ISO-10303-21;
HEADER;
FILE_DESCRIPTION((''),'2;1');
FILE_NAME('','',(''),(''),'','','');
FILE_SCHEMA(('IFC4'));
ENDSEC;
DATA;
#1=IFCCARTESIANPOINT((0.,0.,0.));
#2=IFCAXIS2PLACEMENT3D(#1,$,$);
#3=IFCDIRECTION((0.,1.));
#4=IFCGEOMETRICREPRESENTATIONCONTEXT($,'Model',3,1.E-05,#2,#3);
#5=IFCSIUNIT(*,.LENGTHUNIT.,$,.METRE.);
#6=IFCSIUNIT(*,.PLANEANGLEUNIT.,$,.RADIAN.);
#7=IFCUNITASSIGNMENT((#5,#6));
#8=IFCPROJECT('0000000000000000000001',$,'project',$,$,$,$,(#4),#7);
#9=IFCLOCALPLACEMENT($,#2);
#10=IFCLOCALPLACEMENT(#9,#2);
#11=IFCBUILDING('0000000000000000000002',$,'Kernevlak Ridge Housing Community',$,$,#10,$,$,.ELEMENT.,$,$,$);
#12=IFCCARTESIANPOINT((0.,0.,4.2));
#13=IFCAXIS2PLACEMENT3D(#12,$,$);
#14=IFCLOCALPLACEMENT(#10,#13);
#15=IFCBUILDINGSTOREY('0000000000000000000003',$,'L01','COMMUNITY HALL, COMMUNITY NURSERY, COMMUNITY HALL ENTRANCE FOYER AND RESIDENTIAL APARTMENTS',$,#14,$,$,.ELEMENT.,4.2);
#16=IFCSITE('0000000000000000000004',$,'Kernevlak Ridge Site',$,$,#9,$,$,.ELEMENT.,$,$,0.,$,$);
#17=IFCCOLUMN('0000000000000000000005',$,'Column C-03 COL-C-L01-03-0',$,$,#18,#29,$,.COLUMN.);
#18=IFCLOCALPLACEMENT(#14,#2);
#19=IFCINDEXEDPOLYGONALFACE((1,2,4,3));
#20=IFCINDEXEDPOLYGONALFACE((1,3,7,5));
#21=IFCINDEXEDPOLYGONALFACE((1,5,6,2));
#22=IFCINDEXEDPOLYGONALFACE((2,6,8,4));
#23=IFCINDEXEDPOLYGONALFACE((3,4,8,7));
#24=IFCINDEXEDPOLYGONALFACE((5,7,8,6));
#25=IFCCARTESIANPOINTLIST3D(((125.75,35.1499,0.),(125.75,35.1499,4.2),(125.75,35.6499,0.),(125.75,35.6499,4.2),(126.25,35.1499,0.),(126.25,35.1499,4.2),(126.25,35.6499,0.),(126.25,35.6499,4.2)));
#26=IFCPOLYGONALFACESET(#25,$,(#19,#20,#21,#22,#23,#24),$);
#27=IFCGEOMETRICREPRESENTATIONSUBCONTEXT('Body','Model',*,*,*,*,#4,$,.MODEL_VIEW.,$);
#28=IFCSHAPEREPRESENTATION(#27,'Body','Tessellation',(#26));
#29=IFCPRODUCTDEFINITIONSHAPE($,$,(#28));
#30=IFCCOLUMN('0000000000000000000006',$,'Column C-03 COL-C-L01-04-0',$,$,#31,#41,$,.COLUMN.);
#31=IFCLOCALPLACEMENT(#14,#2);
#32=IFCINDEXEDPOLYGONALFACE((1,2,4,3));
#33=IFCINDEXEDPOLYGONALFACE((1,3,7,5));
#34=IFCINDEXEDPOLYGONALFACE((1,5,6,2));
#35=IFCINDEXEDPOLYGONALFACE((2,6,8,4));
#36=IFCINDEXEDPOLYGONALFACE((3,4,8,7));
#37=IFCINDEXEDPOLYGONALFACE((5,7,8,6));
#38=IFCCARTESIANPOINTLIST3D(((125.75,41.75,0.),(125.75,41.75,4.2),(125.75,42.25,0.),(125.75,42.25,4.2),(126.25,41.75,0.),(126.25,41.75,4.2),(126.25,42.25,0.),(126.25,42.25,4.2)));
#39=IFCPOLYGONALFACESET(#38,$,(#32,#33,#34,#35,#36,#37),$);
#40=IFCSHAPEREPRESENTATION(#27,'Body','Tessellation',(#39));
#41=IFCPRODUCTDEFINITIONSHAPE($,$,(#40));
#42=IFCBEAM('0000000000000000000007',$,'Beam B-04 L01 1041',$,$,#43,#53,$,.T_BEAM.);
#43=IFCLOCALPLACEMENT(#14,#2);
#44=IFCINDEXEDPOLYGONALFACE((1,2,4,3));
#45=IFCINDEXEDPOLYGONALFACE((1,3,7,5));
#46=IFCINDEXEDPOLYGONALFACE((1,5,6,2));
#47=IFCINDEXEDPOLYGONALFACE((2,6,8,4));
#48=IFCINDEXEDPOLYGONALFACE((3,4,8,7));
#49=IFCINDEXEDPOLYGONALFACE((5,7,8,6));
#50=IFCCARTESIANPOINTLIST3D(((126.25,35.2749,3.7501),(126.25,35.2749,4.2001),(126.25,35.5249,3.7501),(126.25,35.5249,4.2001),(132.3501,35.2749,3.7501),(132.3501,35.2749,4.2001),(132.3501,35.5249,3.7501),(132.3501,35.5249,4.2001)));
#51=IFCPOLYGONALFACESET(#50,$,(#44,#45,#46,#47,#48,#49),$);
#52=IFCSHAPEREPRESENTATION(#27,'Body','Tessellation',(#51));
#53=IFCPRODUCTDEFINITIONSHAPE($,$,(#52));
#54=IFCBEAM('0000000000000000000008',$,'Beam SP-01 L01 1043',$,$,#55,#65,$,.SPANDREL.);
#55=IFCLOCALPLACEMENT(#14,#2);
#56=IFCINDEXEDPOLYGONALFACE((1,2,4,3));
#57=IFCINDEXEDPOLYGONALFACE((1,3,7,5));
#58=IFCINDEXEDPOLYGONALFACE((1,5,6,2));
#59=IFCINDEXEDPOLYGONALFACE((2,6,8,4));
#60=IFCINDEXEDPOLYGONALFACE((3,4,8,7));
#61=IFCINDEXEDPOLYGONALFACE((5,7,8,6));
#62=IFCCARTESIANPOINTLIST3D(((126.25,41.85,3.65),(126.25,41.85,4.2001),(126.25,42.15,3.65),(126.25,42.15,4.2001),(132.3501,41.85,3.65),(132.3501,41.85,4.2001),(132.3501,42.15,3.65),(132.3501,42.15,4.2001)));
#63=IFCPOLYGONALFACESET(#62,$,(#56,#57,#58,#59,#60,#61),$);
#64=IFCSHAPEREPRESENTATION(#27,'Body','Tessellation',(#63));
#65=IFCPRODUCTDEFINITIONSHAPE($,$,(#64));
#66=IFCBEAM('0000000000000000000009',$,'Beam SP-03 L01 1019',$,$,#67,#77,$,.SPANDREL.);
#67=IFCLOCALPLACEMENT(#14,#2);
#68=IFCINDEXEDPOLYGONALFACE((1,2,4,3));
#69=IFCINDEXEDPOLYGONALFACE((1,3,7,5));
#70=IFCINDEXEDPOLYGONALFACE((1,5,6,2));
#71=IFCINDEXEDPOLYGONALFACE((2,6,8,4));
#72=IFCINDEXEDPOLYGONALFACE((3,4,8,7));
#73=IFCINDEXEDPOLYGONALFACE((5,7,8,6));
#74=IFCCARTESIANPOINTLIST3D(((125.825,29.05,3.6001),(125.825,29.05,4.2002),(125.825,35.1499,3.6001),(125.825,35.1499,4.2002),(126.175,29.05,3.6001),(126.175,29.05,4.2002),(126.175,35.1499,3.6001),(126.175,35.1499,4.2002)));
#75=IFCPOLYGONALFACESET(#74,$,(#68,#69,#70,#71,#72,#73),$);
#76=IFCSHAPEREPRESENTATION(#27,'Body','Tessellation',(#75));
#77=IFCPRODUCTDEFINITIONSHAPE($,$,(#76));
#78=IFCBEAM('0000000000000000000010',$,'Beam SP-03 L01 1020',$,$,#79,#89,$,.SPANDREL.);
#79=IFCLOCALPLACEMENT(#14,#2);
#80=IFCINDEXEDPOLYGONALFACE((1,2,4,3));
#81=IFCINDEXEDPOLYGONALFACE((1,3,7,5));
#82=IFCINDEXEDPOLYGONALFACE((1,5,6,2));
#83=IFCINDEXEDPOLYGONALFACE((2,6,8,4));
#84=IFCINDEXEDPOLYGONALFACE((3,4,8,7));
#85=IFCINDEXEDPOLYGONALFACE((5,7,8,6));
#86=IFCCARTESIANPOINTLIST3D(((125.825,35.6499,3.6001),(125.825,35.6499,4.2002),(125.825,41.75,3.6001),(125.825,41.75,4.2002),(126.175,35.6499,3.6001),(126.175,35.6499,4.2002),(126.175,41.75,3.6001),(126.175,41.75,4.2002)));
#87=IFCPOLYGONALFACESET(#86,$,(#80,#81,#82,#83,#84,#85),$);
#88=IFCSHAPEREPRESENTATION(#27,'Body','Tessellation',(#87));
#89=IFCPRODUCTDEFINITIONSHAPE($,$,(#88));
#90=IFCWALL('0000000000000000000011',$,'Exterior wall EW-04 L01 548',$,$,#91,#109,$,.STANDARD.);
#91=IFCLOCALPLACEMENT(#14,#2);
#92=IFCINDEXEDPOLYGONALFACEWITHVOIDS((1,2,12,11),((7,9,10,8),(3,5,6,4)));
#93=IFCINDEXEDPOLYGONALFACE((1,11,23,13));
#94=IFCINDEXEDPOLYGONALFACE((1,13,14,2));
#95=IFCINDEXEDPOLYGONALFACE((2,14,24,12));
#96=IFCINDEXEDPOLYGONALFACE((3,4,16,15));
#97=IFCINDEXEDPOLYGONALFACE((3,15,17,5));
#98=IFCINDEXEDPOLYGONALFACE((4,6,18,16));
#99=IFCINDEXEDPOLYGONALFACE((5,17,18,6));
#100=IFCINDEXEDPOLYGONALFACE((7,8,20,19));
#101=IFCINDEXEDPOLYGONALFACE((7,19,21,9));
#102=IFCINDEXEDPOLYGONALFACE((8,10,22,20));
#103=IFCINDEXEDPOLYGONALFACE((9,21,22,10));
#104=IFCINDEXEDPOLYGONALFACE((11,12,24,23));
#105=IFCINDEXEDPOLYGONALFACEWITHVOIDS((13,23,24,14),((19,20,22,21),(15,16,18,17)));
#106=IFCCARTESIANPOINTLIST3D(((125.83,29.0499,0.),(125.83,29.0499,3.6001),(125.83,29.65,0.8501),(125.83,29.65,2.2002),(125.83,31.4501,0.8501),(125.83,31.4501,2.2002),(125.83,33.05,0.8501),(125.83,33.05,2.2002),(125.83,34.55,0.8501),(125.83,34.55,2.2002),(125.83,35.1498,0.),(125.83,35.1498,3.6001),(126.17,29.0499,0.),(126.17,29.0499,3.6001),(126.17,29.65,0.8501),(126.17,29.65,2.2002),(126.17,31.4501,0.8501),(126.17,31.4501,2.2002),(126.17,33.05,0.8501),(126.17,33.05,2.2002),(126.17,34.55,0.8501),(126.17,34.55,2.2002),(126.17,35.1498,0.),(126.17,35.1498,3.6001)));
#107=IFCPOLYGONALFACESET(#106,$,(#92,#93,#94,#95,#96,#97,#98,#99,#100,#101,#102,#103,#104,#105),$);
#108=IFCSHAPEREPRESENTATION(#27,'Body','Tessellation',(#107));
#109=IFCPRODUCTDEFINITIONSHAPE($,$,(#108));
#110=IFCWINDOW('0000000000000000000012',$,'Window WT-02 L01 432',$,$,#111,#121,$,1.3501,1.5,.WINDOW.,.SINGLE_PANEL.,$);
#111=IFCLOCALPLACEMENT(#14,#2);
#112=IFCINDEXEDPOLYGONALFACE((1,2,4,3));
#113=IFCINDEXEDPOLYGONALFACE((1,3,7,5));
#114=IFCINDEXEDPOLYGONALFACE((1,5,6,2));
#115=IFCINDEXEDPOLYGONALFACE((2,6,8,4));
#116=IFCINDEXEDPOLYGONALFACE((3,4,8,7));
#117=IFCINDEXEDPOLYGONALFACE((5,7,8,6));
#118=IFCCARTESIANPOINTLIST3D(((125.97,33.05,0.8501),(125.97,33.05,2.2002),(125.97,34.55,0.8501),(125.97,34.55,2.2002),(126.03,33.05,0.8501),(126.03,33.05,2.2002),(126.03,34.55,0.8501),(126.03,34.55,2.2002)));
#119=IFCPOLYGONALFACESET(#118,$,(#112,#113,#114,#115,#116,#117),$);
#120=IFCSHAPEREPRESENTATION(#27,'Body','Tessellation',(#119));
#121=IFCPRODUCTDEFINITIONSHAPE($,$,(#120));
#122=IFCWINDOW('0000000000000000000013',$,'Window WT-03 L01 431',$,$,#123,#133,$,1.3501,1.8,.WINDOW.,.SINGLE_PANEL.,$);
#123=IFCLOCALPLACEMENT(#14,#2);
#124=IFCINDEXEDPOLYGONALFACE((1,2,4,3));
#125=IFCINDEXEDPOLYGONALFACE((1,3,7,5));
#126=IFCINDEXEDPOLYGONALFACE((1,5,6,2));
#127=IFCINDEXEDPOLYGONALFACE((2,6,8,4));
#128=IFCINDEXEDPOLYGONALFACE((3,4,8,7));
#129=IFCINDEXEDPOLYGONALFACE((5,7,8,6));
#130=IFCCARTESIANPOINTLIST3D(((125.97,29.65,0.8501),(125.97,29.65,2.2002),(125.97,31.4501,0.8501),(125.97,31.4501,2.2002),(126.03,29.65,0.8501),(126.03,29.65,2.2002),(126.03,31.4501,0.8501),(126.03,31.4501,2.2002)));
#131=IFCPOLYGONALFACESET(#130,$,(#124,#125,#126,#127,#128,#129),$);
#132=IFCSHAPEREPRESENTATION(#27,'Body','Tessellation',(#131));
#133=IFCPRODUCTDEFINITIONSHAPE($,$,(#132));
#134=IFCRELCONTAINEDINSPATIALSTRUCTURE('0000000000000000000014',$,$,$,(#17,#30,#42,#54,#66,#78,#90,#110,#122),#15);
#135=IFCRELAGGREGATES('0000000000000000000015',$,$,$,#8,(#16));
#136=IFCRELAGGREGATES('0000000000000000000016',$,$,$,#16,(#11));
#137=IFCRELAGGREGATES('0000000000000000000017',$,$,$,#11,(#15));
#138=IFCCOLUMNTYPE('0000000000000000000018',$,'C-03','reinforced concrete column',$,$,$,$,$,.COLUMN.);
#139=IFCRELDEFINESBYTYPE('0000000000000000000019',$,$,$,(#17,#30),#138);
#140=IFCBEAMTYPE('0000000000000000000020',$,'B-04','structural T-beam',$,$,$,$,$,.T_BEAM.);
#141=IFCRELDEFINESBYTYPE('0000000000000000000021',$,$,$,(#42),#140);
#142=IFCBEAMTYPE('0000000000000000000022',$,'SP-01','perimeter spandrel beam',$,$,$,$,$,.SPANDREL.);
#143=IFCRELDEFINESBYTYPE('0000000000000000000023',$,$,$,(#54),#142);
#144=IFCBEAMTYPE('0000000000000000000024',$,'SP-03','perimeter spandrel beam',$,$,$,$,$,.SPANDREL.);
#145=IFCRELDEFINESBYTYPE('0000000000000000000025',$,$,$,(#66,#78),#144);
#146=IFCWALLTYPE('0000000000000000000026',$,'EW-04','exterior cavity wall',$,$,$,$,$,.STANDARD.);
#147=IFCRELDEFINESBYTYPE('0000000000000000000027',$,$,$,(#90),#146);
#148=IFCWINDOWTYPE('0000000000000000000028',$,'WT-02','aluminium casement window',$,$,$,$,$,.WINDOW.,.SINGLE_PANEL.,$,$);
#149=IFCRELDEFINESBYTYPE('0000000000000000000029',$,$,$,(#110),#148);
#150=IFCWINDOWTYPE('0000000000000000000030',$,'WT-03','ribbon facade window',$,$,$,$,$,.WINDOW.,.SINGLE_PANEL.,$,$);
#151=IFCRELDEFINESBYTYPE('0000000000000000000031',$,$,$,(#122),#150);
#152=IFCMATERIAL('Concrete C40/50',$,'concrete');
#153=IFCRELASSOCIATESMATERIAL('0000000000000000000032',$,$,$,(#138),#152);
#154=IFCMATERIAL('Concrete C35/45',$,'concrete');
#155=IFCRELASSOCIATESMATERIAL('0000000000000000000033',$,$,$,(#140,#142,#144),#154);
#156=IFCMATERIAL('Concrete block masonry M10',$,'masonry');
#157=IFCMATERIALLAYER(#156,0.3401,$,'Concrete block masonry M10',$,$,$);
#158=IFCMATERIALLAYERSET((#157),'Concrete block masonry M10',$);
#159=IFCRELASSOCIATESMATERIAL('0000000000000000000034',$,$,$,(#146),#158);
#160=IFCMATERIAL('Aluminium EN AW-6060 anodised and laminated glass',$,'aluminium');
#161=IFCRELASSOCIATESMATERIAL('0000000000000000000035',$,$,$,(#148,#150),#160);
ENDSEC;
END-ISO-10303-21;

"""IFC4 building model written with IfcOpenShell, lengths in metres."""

from ifc_helpers import new_model, si_unit, direction, frame, frame_2d, origin, origin_2d, place, context, subcontext, project, spatial, rectangle, extrude, material, layer, layer_set, material_profile, profile_set, type_object, element, fill, save


model = new_model("IFC4")

# Units and contexts
model_context = context("Model", 3, precision=1e-05, world=origin(), true_north=direction((0.0, 1.0)))
body_context = subcontext(model_context, "Body", "Model", "MODEL_VIEW")
ifc_project = project(units=[si_unit("LENGTHUNIT", "METRE"), si_unit("PLANEANGLEUNIT", "RADIAN")], contexts=[model_context])

# Site, building, storey
site_placement = place(None, origin())
site = spatial("IfcSite", under=ifc_project, at=site_placement, Name="Kernevlak Ridge Site", CompositionType="ELEMENT", RefElevation=0.0)
building_placement = place(site_placement, origin())
building = spatial("IfcBuilding", under=site, at=building_placement, Name="Kernevlak Ridge Housing Community", CompositionType="ELEMENT")
storey_placement = place(building_placement, frame((0.0, 0.0, 4.2)))
storey = spatial("IfcBuildingStorey", under=building, at=storey_placement, Name="L01", Description="COMMUNITY HALL, COMMUNITY NURSERY, COMMUNITY HALL ENTRANCE FOYER AND RESIDENTIAL APARTMENTS", CompositionType="ELEMENT", Elevation=4.2)

# Columns
ifc_material_1 = material(Name="Concrete C40/50", Category="concrete")
ifc_material_profile_1 = material_profile(ifc_material_1, rectangle(XDim=0.5, YDim=0.5, at=origin_2d()), Name="RC 500x500")
ifc_profile_set_1 = profile_set([ifc_material_profile_1], Name="Concrete C40/50")
column_type = type_object("IfcColumnType", Name="C-03", Description="reinforced concrete column", PredefinedType="COLUMN", material=ifc_profile_set_1)
for number, where, z_axis, x_axis, name in (
    (1, (126.0, 35.3999, 0.0), (0.0, 0.0, 1.0), (1.0, 0.0, 0.0), "Column C-03 COL-C-L01-03-0"),
    (2, (126.0, 42.0, 0.0), (0.0, 0.0, 1.0), (1.0, 0.0, 0.0), "Column C-03 COL-C-L01-04-0"),
):
    element("IfcColumn", number, at=place(storey_placement, frame(where, z_axis=z_axis, x_axis=x_axis)), inside=storey, type_object=column_type, Name=name, PredefinedType="COLUMN", context=body_context, shape_type="SweptSolid", body=[
        extrude(rectangle(XDim=0.5, YDim=0.5, at=origin_2d()), origin(), (0.0, 0.0, 1.0), 4.2),
    ])

# Beams
ifc_material_2 = material(Name="Concrete C35/45", Category="concrete")
ifc_material_profile_2 = material_profile(ifc_material_2, rectangle(XDim=0.25, YDim=0.45, at=origin_2d()), Name="RC 250x450")
ifc_profile_set_2 = profile_set([ifc_material_profile_2], Name="Concrete C35/45")
beam_type_1 = type_object("IfcBeamType", Name="B-04", Description="structural T-beam", PredefinedType="T_BEAM", material=ifc_profile_set_2)
beam_1_placement = place(storey_placement, frame((126.25, 35.3999, 3.9751), z_axis=(1.0, 0.0, 0.0), x_axis=(0.0, 1.0, 0.0)))
element("IfcBeam", 3, at=beam_1_placement, inside=storey, type_object=beam_type_1, Name="Beam B-04 L01 1041", PredefinedType="T_BEAM", context=body_context, shape_type="SweptSolid", body=[
    extrude(rectangle(XDim=0.25, YDim=0.45, at=origin_2d()), origin(), (0.0, 0.0, 1.0), 6.1001),
])
ifc_material_profile_3 = material_profile(ifc_material_2, rectangle(XDim=0.3, YDim=0.55, at=origin_2d()), Name="RC 300x550")
ifc_profile_set_3 = profile_set([ifc_material_profile_3], Name="Concrete C35/45")
beam_type_2 = type_object("IfcBeamType", Name="SP-01", Description="perimeter spandrel beam", PredefinedType="SPANDREL", material=ifc_profile_set_3)
beam_2_placement = place(storey_placement, frame((126.25, 42.0, 3.925), z_axis=(1.0, 0.0, 0.0), x_axis=(0.0, 1.0, 0.0)))
element("IfcBeam", 4, at=beam_2_placement, inside=storey, type_object=beam_type_2, Name="Beam SP-01 L01 1043", PredefinedType="SPANDREL", context=body_context, shape_type="SweptSolid", body=[
    extrude(rectangle(XDim=0.3, YDim=0.55, at=origin_2d()), origin(), (0.0, 0.0, 1.0), 6.1001),
])
ifc_material_profile_4 = material_profile(ifc_material_2, rectangle(XDim=0.3501, YDim=0.6001, at=origin_2d()), Name="RC 350x600")
ifc_profile_set_4 = profile_set([ifc_material_profile_4], Name="Concrete C35/45")
beam_type_3 = type_object("IfcBeamType", Name="SP-03", Description="perimeter spandrel beam", PredefinedType="SPANDREL", material=ifc_profile_set_4)
beam_3_placement = place(storey_placement, frame((126.0, 29.05, 3.9001), z_axis=(0.0, 1.0, 0.0), x_axis=(-1.0, 0.0, 0.0)))
element("IfcBeam", 5, at=beam_3_placement, inside=storey, type_object=beam_type_3, Name="Beam SP-03 L01 1019", PredefinedType="SPANDREL", context=body_context, shape_type="SweptSolid", body=[
    extrude(rectangle(XDim=0.3501, YDim=0.6001, at=origin_2d()), origin(), (0.0, 0.0, 1.0), 6.0999),
])
beam_4_placement = place(storey_placement, frame((126.0, 35.6499, 3.9001), z_axis=(0.0, 1.0, 0.0), x_axis=(-1.0, 0.0, 0.0)))
element("IfcBeam", 6, at=beam_4_placement, inside=storey, type_object=beam_type_3, Name="Beam SP-03 L01 1020", PredefinedType="SPANDREL", context=body_context, shape_type="SweptSolid", body=[
    extrude(rectangle(XDim=0.3501, YDim=0.6001, at=origin_2d()), origin(), (0.0, 0.0, 1.0), 6.1001),
])

# Wall, openings, windows
ifc_material_3 = material(Name="Concrete block masonry M10", Category="masonry")
ifc_layer_1 = layer(ifc_material_3, 0.3401, Name="Concrete block masonry M10")
ifc_layer_set_1 = layer_set([ifc_layer_1], Name="Concrete block masonry M10")
wall_type_1 = type_object("IfcWallType", Name="EW-04", Description="exterior cavity wall", PredefinedType="STANDARD", material=ifc_layer_set_1)
wall_1_placement = place(storey_placement, frame((126.0, 29.05, 0.0), z_axis=(0.0, 0.0, 1.0), x_axis=(0.0, 1.0, 0.0)))
wall_1 = element("IfcWall", 7, at=wall_1_placement, inside=storey, type_object=wall_type_1, Name="Exterior wall EW-04 L01 548", PredefinedType="STANDARD", context=body_context, shape_type="SweptSolid", body=[
    extrude(rectangle(XDim=6.0999, YDim=0.3401, at=frame_2d((3.0498, 0.0))), origin(), (0.0, 0.0, 1.0), 3.6001),
])
opening_1_placement = place(wall_1_placement, frame((0.6001, 0.0, 0.8501)))
opening_1 = element("IfcOpeningElement", 8, at=opening_1_placement, cuts=wall_1, PredefinedType="OPENING", context=body_context, shape_type="SweptSolid", body=[
    extrude(rectangle(XDim=1.8, YDim=1.3501, at=frame_2d((0.8999, 0.675))), frame((0.0, 0.1799, 0.0), z_axis=(0.0, -1.0, 0.0), x_axis=(1.0, 0.0, 0.0)), (0.0, 0.0, 1.0), 0.3601),
])
opening_2_placement = place(wall_1_placement, frame((4.0, 0.0, 0.8501)))
opening_2 = element("IfcOpeningElement", 9, at=opening_2_placement, cuts=wall_1, PredefinedType="OPENING", context=body_context, shape_type="SweptSolid", body=[
    extrude(rectangle(XDim=1.5, YDim=1.3501, at=frame_2d((0.75, 0.675))), frame((0.0, 0.1799, 0.0), z_axis=(0.0, -1.0, 0.0), x_axis=(1.0, 0.0, 0.0)), (0.0, 0.0, 1.0), 0.3601),
])
ifc_material_4 = material(Name="Aluminium EN AW-6060 anodised and laminated glass", Category="aluminium")
window_type_1 = type_object("IfcWindowType", Name="WT-02", Description="aluminium casement window", PartitioningType="SINGLE_PANEL", PredefinedType="WINDOW", material=ifc_material_4)
window_1_placement = place(opening_2_placement, origin())
window_1 = element("IfcWindow", 10, at=window_1_placement, inside=storey, type_object=window_type_1, Name="Window WT-02 L01 432", OverallHeight=1.3501, OverallWidth=1.5, PartitioningType="SINGLE_PANEL", PredefinedType="WINDOW", context=body_context, shape_type="SweptSolid", body=[
    extrude(rectangle(XDim=1.5, YDim=1.3501, at=frame_2d((0.75, 0.675))), frame((0.0, 0.03, 0.0), z_axis=(0.0, -1.0, 0.0), x_axis=(1.0, 0.0, 0.0)), (0.0, 0.0, 1.0), 0.0601),
])
fill(opening_2, window_1)
window_type_2 = type_object("IfcWindowType", Name="WT-03", Description="ribbon facade window", PartitioningType="SINGLE_PANEL", PredefinedType="WINDOW", material=ifc_material_4)
window_2_placement = place(opening_1_placement, origin())
window_2 = element("IfcWindow", 11, at=window_2_placement, inside=storey, type_object=window_type_2, Name="Window WT-03 L01 431", OverallHeight=1.3501, OverallWidth=1.8, PartitioningType="SINGLE_PANEL", PredefinedType="WINDOW", context=body_context, shape_type="SweptSolid", body=[
    extrude(rectangle(XDim=1.8, YDim=1.3501, at=frame_2d((0.8999, 0.675))), frame((0.0, 0.03, 0.0), z_axis=(0.0, -1.0, 0.0), x_axis=(1.0, 0.0, 0.0)), (0.0, 0.0, 1.0), 0.0601),
])
fill(opening_1, window_2)

save(model, "model.ifc")
